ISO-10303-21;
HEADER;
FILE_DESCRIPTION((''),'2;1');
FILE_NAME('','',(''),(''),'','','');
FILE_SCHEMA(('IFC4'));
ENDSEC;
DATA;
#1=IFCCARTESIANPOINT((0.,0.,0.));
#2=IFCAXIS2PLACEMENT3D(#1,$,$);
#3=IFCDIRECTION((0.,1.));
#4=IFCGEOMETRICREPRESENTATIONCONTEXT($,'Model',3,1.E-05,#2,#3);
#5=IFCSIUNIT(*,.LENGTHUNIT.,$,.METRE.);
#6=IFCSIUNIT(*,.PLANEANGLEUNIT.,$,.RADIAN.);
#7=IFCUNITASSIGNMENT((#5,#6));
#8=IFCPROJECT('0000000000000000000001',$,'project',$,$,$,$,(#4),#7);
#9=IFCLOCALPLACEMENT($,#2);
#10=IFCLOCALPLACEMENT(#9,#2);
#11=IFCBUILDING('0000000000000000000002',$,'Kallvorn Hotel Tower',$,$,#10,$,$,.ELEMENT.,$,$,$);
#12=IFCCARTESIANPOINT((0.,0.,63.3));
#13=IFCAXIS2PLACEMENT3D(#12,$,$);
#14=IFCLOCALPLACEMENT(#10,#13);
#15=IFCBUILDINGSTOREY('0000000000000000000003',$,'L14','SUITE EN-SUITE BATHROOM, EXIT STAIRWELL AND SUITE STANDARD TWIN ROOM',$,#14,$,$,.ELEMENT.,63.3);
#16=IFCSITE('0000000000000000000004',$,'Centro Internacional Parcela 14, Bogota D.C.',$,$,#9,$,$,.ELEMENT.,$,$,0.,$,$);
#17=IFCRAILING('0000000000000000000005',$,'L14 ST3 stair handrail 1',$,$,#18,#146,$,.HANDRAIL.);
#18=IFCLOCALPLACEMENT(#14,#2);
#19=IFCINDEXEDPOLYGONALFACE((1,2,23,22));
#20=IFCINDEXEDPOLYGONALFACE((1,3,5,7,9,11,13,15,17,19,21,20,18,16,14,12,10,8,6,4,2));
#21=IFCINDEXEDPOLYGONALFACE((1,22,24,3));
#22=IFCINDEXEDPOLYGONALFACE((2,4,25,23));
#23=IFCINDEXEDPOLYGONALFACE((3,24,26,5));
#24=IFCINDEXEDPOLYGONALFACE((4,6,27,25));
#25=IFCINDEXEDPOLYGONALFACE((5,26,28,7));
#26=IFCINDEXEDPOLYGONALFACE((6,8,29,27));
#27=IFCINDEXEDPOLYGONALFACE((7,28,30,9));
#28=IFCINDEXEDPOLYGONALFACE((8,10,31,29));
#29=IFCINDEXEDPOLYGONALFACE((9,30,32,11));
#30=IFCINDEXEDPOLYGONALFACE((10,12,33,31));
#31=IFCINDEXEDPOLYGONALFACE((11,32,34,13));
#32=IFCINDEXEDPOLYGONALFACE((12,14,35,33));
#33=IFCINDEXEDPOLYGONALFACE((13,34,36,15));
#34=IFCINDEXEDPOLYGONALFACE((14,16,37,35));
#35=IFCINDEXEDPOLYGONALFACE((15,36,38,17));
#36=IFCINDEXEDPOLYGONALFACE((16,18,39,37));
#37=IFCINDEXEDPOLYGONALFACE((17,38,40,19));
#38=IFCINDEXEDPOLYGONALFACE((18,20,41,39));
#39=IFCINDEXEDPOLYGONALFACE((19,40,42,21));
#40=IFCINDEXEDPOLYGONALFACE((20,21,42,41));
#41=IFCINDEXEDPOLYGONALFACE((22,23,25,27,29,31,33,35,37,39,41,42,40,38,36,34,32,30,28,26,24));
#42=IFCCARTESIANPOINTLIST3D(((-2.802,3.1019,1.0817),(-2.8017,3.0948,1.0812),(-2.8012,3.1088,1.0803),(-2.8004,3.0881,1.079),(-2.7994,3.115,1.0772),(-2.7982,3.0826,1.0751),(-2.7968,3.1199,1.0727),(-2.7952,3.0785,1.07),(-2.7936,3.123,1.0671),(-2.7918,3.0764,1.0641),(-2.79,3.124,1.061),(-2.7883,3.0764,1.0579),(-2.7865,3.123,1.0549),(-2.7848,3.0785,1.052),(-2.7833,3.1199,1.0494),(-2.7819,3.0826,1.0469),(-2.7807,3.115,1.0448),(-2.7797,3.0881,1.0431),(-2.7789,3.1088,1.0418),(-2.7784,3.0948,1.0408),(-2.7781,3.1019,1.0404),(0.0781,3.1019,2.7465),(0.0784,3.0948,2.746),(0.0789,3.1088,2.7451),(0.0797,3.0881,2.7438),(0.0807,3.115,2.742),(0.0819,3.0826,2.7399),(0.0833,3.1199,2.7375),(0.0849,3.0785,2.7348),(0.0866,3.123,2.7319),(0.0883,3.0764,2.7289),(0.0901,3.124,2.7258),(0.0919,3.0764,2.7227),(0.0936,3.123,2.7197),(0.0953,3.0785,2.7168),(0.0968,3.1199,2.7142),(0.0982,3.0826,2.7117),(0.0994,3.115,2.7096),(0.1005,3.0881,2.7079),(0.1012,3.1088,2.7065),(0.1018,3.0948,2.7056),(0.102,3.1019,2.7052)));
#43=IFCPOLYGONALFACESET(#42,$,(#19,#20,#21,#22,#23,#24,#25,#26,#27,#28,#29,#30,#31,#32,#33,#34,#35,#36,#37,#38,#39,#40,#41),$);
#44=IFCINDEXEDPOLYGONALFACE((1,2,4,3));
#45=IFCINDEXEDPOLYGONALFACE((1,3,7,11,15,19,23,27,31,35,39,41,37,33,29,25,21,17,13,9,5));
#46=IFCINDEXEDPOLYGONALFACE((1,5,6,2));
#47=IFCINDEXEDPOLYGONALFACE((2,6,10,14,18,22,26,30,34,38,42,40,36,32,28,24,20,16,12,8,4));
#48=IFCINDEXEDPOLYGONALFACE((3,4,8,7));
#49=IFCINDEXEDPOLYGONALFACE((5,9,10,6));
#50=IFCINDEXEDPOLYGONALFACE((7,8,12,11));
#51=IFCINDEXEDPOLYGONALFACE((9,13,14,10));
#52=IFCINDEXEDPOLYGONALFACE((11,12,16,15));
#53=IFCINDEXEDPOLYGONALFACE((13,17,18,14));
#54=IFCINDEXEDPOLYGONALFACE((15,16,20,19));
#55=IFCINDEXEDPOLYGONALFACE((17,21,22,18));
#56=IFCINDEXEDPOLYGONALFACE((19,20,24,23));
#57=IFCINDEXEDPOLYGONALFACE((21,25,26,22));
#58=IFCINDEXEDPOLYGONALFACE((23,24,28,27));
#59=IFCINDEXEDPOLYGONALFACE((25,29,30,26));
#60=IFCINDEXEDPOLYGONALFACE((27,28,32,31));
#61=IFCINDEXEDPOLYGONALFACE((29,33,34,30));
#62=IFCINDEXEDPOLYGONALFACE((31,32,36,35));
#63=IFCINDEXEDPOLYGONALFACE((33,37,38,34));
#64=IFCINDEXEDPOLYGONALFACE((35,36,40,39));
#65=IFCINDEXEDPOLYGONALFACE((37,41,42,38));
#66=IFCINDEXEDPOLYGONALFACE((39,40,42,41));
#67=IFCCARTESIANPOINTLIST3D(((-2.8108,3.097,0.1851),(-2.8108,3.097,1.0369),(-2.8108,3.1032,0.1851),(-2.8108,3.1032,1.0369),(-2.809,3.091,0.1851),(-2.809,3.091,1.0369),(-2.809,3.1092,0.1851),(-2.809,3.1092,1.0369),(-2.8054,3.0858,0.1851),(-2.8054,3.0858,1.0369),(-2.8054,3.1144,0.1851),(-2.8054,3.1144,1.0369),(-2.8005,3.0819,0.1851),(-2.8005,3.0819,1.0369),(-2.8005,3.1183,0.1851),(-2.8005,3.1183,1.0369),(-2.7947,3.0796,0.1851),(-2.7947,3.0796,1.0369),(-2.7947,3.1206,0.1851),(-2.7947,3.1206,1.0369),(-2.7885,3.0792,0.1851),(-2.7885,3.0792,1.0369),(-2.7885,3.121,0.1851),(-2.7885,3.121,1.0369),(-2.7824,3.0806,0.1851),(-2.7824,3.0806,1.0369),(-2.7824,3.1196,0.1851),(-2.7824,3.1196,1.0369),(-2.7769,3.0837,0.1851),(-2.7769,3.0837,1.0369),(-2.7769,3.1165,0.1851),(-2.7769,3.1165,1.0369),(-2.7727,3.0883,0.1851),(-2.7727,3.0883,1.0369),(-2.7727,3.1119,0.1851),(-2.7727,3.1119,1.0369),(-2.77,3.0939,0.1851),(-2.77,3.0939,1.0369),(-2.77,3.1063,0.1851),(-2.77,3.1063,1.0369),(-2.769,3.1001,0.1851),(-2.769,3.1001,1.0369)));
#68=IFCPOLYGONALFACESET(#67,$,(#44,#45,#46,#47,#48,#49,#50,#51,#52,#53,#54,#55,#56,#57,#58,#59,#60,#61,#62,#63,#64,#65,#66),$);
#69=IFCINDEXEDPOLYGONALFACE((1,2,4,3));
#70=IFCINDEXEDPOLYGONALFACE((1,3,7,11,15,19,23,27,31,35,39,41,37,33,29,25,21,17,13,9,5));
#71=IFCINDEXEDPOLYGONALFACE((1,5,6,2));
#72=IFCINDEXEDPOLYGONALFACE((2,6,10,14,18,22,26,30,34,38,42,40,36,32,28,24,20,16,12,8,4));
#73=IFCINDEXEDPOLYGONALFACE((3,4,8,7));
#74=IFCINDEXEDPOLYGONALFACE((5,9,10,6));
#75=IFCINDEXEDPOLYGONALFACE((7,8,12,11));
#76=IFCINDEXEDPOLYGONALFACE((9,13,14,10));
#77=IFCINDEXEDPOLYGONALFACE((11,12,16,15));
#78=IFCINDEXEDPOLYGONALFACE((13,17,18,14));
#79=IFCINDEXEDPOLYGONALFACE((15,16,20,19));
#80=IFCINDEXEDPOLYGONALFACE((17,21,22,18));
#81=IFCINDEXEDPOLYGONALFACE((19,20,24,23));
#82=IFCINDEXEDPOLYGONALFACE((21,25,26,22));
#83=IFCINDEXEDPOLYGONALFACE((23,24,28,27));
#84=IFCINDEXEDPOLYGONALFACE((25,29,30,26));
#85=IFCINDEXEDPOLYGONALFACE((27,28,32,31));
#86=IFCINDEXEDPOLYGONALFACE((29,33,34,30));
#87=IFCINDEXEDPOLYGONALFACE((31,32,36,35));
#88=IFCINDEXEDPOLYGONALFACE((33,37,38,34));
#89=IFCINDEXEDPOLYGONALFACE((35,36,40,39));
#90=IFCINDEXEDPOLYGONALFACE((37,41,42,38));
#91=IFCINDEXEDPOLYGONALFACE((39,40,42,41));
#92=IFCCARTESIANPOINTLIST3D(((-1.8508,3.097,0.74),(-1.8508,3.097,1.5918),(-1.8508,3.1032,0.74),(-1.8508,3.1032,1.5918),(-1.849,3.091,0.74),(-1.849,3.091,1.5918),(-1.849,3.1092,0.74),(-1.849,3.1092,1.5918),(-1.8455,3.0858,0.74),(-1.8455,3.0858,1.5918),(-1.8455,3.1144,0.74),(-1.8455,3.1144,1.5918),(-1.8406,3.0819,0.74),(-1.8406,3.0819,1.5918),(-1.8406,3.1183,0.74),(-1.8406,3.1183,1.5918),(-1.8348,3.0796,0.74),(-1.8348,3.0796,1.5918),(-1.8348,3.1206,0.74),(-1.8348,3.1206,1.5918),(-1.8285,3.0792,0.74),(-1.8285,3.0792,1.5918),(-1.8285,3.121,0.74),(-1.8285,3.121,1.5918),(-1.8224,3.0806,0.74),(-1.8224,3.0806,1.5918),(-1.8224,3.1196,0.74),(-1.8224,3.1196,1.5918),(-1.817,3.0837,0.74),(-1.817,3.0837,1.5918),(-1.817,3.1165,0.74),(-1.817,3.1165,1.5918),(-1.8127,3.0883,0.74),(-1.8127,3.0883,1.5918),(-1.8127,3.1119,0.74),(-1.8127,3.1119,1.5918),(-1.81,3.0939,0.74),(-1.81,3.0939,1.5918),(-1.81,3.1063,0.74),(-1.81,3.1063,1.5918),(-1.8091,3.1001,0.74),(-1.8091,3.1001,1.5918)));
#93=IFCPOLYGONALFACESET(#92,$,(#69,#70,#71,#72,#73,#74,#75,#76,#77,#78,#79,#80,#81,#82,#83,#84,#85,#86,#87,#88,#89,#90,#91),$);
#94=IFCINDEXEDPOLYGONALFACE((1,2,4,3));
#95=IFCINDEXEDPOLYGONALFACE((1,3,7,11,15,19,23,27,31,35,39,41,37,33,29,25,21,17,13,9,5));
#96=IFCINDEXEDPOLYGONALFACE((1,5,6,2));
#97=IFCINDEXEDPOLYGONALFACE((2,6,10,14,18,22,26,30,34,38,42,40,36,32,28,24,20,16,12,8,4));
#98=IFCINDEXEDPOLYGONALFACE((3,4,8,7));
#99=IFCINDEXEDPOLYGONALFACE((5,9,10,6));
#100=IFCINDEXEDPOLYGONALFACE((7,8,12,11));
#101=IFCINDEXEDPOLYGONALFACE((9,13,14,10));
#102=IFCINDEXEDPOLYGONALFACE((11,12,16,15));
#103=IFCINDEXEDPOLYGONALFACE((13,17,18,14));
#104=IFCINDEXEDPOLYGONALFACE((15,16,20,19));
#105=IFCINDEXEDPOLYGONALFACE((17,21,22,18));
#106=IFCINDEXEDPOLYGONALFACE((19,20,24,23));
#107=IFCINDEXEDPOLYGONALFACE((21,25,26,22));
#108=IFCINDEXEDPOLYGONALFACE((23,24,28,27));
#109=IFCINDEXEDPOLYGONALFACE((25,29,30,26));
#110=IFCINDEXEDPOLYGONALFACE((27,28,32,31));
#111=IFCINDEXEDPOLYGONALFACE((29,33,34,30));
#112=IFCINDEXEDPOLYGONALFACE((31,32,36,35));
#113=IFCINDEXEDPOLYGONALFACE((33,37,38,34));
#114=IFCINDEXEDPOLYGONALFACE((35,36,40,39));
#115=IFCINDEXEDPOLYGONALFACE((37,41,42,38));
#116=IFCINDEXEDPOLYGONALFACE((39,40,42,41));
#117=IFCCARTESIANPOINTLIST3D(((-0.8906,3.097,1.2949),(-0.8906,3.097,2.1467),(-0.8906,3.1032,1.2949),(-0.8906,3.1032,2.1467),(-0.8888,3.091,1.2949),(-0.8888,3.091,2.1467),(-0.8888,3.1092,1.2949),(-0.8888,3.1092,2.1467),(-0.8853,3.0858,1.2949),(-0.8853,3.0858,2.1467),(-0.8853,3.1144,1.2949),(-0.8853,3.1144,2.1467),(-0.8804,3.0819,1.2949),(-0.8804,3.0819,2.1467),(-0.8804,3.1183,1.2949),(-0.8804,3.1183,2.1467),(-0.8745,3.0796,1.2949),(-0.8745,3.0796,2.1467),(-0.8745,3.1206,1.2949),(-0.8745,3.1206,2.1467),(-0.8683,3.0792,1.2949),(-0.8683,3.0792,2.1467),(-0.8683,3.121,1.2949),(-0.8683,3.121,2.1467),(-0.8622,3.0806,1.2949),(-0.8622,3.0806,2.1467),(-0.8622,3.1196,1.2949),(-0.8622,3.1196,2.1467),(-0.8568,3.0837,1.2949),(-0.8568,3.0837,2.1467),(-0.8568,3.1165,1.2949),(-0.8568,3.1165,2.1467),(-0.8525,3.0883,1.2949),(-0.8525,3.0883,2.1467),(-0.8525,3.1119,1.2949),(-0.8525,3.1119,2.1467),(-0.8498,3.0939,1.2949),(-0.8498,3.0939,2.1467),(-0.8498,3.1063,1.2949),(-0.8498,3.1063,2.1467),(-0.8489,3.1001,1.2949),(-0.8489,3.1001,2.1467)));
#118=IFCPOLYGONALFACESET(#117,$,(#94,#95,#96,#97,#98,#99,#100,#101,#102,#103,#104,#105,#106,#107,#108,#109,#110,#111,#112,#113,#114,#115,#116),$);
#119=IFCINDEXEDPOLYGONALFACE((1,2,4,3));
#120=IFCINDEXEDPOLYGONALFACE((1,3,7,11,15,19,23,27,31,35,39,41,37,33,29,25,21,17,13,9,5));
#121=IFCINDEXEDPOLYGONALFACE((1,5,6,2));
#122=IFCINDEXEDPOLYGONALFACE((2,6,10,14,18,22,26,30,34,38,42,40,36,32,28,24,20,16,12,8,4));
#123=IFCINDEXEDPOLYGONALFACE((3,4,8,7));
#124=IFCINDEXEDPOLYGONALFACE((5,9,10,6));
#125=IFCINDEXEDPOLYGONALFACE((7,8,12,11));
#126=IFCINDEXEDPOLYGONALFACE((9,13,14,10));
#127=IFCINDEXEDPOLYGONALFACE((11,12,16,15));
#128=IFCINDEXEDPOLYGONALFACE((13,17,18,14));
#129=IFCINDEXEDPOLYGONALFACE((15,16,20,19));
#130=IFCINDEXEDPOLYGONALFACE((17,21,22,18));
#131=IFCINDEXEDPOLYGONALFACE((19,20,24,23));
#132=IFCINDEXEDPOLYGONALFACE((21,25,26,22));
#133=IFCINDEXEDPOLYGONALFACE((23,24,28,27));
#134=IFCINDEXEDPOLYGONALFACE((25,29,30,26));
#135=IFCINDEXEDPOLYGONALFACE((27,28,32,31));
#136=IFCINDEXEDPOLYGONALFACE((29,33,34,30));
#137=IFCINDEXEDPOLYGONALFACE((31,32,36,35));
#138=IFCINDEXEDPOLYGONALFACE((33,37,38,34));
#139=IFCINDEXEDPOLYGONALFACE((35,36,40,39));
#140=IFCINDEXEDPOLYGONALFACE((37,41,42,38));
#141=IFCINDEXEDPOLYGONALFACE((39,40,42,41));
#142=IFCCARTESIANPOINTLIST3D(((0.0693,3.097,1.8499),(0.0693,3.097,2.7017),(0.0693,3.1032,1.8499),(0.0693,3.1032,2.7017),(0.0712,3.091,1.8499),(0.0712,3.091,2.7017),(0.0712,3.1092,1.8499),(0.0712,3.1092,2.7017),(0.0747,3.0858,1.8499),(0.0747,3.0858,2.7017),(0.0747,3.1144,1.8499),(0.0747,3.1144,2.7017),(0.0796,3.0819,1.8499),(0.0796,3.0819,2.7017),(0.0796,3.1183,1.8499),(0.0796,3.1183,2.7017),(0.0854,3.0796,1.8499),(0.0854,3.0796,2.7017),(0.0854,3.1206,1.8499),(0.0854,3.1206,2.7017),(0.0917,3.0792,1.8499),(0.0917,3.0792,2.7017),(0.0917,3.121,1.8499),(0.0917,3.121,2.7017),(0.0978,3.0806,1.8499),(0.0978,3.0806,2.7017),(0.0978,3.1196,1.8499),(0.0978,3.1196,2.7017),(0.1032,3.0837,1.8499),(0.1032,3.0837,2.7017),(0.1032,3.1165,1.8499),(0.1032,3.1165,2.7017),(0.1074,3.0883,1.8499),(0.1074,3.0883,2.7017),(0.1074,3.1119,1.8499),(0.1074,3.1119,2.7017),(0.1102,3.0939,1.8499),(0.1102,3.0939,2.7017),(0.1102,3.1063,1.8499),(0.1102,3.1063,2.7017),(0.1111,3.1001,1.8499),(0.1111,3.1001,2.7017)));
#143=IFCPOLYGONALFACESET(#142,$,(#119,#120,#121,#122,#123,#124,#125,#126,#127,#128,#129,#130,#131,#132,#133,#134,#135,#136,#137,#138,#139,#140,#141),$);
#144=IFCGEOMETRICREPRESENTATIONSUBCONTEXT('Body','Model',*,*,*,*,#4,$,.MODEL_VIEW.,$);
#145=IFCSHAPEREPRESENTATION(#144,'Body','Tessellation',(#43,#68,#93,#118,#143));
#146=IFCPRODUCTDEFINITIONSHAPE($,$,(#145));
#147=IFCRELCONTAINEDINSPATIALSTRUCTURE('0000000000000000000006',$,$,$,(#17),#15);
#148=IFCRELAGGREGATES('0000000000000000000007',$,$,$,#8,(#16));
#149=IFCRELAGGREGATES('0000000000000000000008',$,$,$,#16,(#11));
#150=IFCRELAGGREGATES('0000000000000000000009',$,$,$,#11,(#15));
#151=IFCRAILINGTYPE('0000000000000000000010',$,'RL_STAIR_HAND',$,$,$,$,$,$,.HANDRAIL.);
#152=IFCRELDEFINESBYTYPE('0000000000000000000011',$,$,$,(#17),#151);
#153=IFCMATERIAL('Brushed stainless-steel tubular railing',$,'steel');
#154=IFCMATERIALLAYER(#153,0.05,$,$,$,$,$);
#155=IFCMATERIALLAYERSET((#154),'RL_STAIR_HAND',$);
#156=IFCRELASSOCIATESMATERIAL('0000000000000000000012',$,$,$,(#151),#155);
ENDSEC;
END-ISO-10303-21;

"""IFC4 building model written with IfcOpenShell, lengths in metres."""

from ifc_helpers import new_model, si_unit, direction, frame, origin, origin_2d, place, context, subcontext, project, spatial, circle, extrude, material, layer, layer_set, type_object, element, save


model = new_model("IFC4")

# Units and contexts
model_context = context("Model", 3, precision=1e-05, world=origin(), true_north=direction((0.0, 1.0)))
body_context = subcontext(model_context, "Body", "Model", "MODEL_VIEW")
ifc_project = project(units=[si_unit("LENGTHUNIT", "METRE"), si_unit("PLANEANGLEUNIT", "RADIAN")], contexts=[model_context])

# Site, building, storey
site_placement = place(None, origin())
site = spatial("IfcSite", under=ifc_project, at=site_placement, Name="Centro Internacional Parcela 14, Bogota D.C.", CompositionType="ELEMENT", RefElevation=0.0)
building_placement = place(site_placement, origin())
building = spatial("IfcBuilding", under=site, at=building_placement, Name="Kallvorn Hotel Tower", CompositionType="ELEMENT")
storey_placement = place(building_placement, frame((0.0, 0.0, 63.3)))
storey = spatial("IfcBuildingStorey", under=building, at=storey_placement, Name="L14", Description="SUITE EN-SUITE BATHROOM, EXIT STAIRWELL AND SUITE STANDARD TWIN ROOM", CompositionType="ELEMENT", Elevation=63.3)

# Railing
ifc_material_1 = material(Name="Brushed stainless-steel tubular railing", Category="steel")
ifc_layer_1 = layer(ifc_material_1, 0.05)
ifc_layer_set_1 = layer_set([ifc_layer_1], Name="RL_STAIR_HAND")
railing_type_1 = type_object("IfcRailingType", Name="RL_STAIR_HAND", PredefinedType="HANDRAIL", material=ifc_layer_set_1)
railing_1_placement = place(storey_placement, frame((-2.79, 3.1001, 0.1851)))
element("IfcRailing", 1, at=railing_1_placement, inside=storey, type_object=railing_type_1, Name="L14 ST3 stair handrail 1", PredefinedType="HANDRAIL", context=body_context, shape_type="SweptSolid", body=[
    extrude(circle(Radius=0.0239, at=origin_2d()), frame((0.0, 0.0, 0.876), z_axis=(0.865771, 0.0, 0.50044), x_axis=(0.0, 1.0, 0.0)), (0.0, 0.0, 1.0), 3.3267),
    extrude(circle(Radius=0.021, at=origin_2d()), origin(), (0.0, 0.0, 1.0), 0.8518),
    extrude(circle(Radius=0.021, at=origin_2d()), frame((0.96, 0.0, 0.5549)), (0.0, 0.0, 1.0), 0.8518),
    extrude(circle(Radius=0.021, at=origin_2d()), frame((1.9202, 0.0, 1.1099)), (0.0, 0.0, 1.0), 0.8518),
    extrude(circle(Radius=0.021, at=origin_2d()), frame((2.8801, 0.0, 1.6648)), (0.0, 0.0, 1.0), 0.8518),
])

save(model, "model.ifc")
